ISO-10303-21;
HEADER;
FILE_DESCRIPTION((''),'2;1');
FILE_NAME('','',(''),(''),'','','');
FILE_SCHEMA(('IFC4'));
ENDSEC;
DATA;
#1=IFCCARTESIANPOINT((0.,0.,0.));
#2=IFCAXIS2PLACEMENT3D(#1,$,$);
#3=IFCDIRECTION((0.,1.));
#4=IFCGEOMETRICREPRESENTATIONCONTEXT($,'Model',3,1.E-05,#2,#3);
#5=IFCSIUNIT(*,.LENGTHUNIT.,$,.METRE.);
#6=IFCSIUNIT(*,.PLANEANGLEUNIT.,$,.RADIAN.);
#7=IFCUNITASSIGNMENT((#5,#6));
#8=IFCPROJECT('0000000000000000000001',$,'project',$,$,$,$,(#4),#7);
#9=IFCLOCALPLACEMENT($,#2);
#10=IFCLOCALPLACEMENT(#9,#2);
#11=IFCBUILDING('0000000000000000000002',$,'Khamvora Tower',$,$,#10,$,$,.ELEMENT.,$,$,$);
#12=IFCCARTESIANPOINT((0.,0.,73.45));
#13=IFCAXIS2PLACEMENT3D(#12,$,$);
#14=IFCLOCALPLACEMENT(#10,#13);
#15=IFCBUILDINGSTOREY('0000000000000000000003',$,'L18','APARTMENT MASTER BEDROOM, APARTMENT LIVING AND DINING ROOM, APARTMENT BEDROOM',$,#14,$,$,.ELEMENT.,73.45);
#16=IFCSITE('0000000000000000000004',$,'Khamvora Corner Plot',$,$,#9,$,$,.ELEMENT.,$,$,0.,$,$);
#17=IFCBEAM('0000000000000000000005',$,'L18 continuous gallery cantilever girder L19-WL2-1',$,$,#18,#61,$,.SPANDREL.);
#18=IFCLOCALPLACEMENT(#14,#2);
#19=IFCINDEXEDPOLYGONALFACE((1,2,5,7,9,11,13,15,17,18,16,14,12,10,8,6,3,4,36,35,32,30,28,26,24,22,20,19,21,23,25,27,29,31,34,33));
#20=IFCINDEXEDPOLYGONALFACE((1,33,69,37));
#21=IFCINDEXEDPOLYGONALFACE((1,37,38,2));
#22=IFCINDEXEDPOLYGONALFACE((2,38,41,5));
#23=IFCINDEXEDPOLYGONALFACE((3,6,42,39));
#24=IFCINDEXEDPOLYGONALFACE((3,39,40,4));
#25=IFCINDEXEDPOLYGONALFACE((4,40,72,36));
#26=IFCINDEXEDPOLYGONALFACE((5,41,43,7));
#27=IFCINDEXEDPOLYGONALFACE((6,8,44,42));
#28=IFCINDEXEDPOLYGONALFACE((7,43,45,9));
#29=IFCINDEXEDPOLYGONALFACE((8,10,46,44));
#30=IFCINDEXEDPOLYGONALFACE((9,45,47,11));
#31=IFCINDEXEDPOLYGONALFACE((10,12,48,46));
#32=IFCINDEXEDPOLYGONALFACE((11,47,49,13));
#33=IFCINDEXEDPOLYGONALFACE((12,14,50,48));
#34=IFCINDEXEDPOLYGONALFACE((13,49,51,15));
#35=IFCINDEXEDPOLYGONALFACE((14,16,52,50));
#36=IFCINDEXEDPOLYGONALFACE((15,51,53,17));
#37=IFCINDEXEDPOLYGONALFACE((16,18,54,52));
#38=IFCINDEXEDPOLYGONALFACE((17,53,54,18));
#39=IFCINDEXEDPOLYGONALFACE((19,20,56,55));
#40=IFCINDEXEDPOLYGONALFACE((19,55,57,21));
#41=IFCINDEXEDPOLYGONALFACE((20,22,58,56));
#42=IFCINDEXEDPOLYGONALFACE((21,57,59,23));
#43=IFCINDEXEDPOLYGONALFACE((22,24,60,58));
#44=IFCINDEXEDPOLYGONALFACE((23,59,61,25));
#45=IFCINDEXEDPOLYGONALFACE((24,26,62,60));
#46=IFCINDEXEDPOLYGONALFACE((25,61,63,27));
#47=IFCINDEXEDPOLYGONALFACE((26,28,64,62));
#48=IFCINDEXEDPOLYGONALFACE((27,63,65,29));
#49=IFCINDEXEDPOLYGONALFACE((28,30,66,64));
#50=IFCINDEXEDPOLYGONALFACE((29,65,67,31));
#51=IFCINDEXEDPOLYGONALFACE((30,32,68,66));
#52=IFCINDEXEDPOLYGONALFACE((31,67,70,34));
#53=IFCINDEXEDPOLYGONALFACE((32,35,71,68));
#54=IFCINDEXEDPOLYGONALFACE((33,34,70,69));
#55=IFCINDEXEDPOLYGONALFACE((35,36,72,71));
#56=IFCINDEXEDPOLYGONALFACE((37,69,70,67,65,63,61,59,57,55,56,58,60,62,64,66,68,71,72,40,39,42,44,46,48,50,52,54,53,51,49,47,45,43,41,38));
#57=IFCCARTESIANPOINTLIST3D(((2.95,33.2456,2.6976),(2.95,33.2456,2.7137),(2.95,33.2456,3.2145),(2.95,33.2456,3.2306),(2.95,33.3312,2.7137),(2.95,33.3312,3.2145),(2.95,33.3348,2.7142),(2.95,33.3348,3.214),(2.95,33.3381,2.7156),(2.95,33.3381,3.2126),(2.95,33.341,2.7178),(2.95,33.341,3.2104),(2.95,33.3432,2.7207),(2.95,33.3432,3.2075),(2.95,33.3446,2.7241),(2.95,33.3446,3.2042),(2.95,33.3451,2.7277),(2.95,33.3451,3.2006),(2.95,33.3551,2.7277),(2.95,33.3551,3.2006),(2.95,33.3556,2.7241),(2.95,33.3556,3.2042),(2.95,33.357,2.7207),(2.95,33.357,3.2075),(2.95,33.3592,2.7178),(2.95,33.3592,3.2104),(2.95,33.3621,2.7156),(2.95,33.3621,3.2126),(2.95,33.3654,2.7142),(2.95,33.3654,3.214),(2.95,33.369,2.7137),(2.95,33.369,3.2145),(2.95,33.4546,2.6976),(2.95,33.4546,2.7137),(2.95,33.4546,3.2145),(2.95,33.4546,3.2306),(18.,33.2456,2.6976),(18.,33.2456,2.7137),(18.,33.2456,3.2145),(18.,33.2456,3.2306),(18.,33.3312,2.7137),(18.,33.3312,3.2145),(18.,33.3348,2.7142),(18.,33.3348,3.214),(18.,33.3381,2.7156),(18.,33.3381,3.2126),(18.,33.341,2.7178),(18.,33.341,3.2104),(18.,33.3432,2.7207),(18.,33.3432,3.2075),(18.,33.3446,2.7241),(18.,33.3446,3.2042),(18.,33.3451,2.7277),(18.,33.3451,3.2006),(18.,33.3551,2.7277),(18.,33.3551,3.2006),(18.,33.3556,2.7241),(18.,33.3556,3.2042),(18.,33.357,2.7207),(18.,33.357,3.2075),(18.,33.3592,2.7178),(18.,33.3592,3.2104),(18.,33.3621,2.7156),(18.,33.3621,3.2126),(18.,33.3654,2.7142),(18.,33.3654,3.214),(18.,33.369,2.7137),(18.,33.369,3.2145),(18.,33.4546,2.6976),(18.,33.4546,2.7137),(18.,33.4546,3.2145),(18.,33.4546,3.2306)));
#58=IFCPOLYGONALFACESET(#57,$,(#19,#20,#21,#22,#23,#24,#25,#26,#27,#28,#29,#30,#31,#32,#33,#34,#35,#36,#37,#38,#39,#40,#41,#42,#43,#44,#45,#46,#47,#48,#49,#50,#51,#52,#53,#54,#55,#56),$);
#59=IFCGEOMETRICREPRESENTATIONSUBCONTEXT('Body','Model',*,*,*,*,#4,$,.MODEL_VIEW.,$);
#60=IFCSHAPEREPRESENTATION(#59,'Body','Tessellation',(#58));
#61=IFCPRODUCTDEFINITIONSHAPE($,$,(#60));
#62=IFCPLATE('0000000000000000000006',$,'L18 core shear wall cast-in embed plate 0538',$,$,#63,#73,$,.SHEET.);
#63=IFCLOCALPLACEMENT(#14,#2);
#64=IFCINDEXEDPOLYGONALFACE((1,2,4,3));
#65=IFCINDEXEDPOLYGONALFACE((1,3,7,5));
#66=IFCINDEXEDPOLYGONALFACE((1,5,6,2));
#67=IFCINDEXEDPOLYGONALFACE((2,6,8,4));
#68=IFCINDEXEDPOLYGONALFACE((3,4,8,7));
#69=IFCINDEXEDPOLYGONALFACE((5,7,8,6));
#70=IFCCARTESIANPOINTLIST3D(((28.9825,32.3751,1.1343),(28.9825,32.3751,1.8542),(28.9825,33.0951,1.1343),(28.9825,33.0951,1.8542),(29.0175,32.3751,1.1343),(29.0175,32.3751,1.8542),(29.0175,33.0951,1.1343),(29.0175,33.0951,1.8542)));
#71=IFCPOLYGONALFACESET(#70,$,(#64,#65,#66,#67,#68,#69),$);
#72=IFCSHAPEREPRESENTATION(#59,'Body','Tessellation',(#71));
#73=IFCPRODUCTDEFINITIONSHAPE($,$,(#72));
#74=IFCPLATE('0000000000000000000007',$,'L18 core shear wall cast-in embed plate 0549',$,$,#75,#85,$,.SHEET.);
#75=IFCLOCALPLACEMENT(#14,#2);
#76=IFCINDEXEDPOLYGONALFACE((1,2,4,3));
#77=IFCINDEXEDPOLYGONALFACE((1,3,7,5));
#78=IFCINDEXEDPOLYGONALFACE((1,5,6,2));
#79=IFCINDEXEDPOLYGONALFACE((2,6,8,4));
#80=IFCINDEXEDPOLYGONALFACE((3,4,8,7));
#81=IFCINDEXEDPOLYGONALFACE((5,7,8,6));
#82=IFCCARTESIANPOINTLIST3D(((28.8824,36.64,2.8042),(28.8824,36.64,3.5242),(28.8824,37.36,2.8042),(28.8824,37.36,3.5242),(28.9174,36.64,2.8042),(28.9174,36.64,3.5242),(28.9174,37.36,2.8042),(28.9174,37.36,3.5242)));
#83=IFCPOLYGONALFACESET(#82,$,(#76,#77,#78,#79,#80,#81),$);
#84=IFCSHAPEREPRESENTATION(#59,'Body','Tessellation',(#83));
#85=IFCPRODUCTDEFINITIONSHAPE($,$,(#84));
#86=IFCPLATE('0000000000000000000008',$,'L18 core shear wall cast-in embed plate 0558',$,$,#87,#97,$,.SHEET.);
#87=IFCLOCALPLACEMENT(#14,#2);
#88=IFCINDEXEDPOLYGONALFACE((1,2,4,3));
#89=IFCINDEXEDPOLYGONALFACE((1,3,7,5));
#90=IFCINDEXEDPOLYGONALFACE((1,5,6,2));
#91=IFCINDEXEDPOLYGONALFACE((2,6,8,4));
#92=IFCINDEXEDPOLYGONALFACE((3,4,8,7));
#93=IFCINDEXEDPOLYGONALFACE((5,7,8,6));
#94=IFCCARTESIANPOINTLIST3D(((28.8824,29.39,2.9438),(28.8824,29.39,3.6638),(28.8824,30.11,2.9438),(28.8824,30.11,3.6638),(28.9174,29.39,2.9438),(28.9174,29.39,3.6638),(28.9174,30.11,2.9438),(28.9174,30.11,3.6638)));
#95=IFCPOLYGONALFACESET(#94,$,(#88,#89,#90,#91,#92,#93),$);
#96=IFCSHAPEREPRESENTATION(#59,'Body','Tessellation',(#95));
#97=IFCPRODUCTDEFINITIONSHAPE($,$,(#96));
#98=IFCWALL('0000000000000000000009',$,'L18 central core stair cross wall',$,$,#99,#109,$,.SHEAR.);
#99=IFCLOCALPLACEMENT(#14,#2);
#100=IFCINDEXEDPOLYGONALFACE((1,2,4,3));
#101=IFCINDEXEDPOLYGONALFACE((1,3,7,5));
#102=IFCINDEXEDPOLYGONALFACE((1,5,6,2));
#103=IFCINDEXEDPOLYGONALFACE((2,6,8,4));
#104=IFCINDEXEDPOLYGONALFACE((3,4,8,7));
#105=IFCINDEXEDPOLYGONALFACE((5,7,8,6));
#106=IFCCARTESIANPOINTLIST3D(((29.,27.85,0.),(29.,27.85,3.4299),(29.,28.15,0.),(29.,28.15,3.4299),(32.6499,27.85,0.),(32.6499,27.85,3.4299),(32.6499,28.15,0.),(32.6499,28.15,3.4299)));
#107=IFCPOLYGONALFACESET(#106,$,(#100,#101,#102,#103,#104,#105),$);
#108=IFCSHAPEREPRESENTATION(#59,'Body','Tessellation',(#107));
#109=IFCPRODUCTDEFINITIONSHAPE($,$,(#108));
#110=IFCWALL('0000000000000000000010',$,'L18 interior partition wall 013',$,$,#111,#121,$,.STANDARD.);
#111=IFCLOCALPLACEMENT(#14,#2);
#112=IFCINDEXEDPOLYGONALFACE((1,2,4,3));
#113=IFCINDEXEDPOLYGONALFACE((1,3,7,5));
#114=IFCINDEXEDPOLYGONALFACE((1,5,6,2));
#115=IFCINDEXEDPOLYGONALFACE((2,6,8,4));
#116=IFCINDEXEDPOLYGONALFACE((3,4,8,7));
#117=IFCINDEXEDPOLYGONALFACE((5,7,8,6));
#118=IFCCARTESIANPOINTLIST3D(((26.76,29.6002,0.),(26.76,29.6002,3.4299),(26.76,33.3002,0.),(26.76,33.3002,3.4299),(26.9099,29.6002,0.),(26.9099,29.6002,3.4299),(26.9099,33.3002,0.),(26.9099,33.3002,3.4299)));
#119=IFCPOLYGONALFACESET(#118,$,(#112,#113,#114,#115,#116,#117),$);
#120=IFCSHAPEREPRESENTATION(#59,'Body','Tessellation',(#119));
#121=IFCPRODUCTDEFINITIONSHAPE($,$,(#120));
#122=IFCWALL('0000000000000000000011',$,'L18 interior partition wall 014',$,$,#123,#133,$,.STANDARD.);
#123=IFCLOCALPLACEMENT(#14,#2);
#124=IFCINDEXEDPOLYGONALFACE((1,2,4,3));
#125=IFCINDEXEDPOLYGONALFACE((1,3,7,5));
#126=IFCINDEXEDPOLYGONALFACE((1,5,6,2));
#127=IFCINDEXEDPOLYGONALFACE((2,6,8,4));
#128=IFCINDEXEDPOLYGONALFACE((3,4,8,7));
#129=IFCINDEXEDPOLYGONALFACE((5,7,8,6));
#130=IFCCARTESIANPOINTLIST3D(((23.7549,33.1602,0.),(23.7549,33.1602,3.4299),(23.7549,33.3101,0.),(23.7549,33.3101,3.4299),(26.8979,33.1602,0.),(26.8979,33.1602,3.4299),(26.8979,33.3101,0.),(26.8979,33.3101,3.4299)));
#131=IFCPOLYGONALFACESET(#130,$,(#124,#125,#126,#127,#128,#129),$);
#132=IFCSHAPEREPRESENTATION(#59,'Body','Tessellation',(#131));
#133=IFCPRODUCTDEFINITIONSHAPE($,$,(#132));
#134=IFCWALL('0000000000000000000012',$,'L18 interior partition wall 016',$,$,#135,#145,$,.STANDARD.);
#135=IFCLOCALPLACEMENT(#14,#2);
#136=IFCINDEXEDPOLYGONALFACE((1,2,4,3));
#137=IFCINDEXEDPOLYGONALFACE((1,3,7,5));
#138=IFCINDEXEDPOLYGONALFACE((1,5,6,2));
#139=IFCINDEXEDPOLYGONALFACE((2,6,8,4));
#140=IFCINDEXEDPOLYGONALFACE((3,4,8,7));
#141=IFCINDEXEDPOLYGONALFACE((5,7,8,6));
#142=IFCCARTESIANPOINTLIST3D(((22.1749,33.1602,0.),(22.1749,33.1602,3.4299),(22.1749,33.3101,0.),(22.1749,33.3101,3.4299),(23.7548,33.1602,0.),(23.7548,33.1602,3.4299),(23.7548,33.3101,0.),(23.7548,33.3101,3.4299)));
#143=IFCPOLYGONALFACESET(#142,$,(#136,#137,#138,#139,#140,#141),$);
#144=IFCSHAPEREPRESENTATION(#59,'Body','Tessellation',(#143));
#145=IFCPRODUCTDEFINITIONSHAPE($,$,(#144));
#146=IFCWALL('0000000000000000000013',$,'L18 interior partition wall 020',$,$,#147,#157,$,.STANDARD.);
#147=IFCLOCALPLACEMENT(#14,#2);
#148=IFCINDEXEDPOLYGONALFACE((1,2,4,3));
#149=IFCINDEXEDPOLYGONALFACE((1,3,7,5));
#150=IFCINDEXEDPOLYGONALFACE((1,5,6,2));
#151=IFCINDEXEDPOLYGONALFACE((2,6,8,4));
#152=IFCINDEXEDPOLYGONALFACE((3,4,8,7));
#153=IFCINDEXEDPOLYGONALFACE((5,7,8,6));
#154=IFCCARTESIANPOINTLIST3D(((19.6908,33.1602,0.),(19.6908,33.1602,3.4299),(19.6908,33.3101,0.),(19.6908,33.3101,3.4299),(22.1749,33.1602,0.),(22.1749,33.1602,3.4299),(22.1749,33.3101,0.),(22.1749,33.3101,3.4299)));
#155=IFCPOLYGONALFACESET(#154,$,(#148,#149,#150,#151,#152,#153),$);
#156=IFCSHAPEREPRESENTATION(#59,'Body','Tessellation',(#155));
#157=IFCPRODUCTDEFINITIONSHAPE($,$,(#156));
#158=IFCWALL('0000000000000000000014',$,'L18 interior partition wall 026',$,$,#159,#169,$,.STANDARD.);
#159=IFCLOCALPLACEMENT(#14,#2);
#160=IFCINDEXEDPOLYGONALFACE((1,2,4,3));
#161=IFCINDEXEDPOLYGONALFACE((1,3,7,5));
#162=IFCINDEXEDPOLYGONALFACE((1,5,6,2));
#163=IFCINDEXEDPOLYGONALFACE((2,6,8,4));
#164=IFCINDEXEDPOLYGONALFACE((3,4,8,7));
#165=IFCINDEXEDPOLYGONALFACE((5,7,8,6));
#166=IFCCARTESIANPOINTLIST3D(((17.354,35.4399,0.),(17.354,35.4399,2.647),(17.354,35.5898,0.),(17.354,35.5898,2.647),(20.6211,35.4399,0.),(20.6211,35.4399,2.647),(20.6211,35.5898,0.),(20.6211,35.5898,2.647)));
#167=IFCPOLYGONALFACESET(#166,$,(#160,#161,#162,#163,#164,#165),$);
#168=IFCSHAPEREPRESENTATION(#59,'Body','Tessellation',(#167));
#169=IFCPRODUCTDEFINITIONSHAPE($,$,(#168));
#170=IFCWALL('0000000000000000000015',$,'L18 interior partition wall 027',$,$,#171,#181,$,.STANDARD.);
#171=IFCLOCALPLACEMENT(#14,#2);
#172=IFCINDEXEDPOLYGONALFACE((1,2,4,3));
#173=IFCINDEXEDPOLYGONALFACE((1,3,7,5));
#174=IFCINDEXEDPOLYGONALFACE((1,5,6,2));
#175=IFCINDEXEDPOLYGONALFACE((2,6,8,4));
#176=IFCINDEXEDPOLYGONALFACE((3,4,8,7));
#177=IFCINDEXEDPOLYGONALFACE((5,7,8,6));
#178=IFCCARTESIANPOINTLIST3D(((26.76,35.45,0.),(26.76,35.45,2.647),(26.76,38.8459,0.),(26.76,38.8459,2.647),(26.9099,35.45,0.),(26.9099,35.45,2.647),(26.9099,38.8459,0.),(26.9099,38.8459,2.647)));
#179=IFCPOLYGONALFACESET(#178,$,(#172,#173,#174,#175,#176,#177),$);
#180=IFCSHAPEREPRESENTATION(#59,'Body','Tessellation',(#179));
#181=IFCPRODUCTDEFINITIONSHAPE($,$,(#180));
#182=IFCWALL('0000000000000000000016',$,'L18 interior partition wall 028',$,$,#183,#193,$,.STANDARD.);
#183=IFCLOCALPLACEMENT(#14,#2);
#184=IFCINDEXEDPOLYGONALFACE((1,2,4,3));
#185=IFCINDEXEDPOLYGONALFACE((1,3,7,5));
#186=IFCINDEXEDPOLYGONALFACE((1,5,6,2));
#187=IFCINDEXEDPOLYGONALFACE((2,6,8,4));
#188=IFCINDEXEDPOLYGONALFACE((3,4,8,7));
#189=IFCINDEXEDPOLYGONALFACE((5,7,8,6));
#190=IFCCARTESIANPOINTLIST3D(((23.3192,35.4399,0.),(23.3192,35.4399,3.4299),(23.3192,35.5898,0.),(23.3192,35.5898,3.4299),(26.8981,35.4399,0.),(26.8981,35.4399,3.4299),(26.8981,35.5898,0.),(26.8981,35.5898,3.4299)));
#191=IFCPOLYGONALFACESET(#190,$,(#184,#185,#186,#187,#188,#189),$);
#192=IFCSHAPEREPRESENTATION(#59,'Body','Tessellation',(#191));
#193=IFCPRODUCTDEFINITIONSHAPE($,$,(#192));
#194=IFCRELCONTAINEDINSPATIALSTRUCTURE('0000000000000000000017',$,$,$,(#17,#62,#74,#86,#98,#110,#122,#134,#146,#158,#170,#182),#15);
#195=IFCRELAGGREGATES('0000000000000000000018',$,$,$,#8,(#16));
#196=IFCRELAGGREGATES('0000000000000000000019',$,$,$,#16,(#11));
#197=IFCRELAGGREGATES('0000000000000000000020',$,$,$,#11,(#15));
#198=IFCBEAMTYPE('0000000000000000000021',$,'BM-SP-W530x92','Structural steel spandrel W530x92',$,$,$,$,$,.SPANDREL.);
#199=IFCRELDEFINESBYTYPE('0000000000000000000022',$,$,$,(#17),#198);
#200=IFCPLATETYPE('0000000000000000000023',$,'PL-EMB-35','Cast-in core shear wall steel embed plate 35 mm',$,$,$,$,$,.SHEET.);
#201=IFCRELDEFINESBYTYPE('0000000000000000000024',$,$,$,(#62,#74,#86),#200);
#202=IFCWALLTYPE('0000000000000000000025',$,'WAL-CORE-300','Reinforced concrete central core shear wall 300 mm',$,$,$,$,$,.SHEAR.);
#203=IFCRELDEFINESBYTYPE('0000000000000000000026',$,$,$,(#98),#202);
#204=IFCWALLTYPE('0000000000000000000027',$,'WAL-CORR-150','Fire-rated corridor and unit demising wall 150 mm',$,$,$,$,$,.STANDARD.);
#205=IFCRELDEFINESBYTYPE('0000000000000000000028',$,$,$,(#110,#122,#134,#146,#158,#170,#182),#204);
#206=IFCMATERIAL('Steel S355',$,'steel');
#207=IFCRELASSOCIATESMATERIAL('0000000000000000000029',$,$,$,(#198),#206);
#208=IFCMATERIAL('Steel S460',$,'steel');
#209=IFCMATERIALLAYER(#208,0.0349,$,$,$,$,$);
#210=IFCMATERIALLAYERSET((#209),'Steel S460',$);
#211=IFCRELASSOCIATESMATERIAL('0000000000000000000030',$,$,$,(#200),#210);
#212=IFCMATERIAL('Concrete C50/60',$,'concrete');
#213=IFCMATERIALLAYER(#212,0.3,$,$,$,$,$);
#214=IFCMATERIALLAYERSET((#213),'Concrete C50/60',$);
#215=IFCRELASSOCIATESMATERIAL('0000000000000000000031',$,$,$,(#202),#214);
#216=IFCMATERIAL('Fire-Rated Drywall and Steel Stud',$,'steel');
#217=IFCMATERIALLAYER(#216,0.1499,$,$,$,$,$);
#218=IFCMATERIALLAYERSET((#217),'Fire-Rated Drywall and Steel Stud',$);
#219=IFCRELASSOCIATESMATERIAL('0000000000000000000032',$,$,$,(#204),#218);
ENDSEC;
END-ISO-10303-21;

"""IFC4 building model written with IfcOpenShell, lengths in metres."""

from ifc_helpers import new_model, si_unit, direction, frame, frame_2d, origin, origin_2d, place, context, subcontext, project, spatial, rectangle, i_section, extrude, material, layer, layer_set, material_profile, profile_set, type_object, element, save


model = new_model("IFC4")

# Units and contexts
model_context = context("Model", 3, precision=1e-05, world=origin(), true_north=direction((0.0, 1.0)))
body_context = subcontext(model_context, "Body", "Model", "MODEL_VIEW")
ifc_project = project(units=[si_unit("LENGTHUNIT", "METRE"), si_unit("PLANEANGLEUNIT", "RADIAN")], contexts=[model_context])

# Site, building, storey
site_placement = place(None, origin())
site = spatial("IfcSite", under=ifc_project, at=site_placement, Name="Khamvora Corner Plot", CompositionType="ELEMENT", RefElevation=0.0)
building_placement = place(site_placement, origin())
building = spatial("IfcBuilding", under=site, at=building_placement, Name="Khamvora Tower", CompositionType="ELEMENT")
storey_placement = place(building_placement, frame((0.0, 0.0, 73.45)))
storey = spatial("IfcBuildingStorey", under=building, at=storey_placement, Name="L18", Description="APARTMENT MASTER BEDROOM, APARTMENT LIVING AND DINING ROOM, APARTMENT BEDROOM", CompositionType="ELEMENT", Elevation=73.45)

# Shared definitions
ifc_material_1 = material(Name="Steel S460", Category="steel")

# Beam
ifc_material_2 = material(Name="Steel S355", Category="steel")
ifc_material_profile_1 = material_profile(ifc_material_2, i_section(OverallWidth=0.209, OverallDepth=0.533, WebThickness=0.01, FlangeThickness=0.0161, FilletRadius=0.0139, at=origin_2d()), Name="W530x92")
ifc_profile_set_1 = profile_set([ifc_material_profile_1], Name="Steel S355")
beam_type_1 = type_object("IfcBeamType", Name="BM-SP-W530x92", Description="Structural steel spandrel W530x92", PredefinedType="SPANDREL", material=ifc_profile_set_1)
beam_1_placement = place(storey_placement, frame((18.0, 33.3501, 2.9641), z_axis=(-1.0, 0.0, 0.0), x_axis=(0.0, -1.0, 0.0)))
element("IfcBeam", 1, at=beam_1_placement, inside=storey, type_object=beam_type_1, Name="L18 continuous gallery cantilever girder L19-WL2-1", PredefinedType="SPANDREL", context=body_context, shape_type="SweptSolid", body=[
    extrude(i_section(OverallWidth=0.209, OverallDepth=0.533, WebThickness=0.01, FlangeThickness=0.0161, FilletRadius=0.0139, at=origin_2d()), origin(), (0.0, 0.0, 1.0), 15.05),
])

# Plates
ifc_layer_1 = layer(ifc_material_1, 0.0349)
ifc_layer_set_1 = layer_set([ifc_layer_1], Name="Steel S460")
plate_type = type_object("IfcPlateType", Name="PL-EMB-35", Description="Cast-in core shear wall steel embed plate 35 mm", PredefinedType="SHEET", material=ifc_layer_set_1)
for number, where, z_axis, x_axis, name in (
    (2, (29.0, 32.7351, 1.1343), (0.0, 0.0, 1.0), (1.0, 0.0, 0.0), "L18 core shear wall cast-in embed plate 0538"),
    (3, (28.8999, 37.0, 2.8042), (0.0, 0.0, 1.0), (1.0, 0.0, 0.0), "L18 core shear wall cast-in embed plate 0549"),
    (4, (28.8999, 29.75, 2.9438), (0.0, 0.0, 1.0), (1.0, 0.0, 0.0), "L18 core shear wall cast-in embed plate 0558"),
):
    element("IfcPlate", number, at=place(storey_placement, frame(where, z_axis=z_axis, x_axis=x_axis)), inside=storey, type_object=plate_type, Name=name, PredefinedType="SHEET", context=body_context, shape_type="SweptSolid", body=[
        extrude(rectangle(XDim=0.0349, YDim=0.72, at=origin_2d()), origin(), (0.0, 0.0, 1.0), 0.72),
    ])

# Walls
ifc_material_3 = material(Name="Concrete C50/60", Category="concrete")
ifc_layer_2 = layer(ifc_material_3, 0.3)
ifc_layer_set_2 = layer_set([ifc_layer_2], Name="Concrete C50/60")
wall_type_1 = type_object("IfcWallType", Name="WAL-CORE-300", Description="Reinforced concrete central core shear wall 300 mm", PredefinedType="SHEAR", material=ifc_layer_set_2)
wall_1_placement = place(storey_placement, frame((29.0, 28.0, 0.0), z_axis=(0.0, 0.0, 1.0), x_axis=(1.0, 0.0, 0.0)))
element("IfcWall", 5, at=wall_1_placement, inside=storey, type_object=wall_type_1, Name="L18 central core stair cross wall", PredefinedType="SHEAR", context=body_context, shape_type="SweptSolid", body=[
    extrude(rectangle(XDim=3.6499, YDim=0.3, at=frame_2d((1.825, 0.0))), origin(), (0.0, 0.0, 1.0), 3.4299),
])
ifc_material_4 = material(Name="Fire-Rated Drywall and Steel Stud", Category="steel")
ifc_layer_3 = layer(ifc_material_4, 0.1499)
ifc_layer_set_3 = layer_set([ifc_layer_3], Name="Fire-Rated Drywall and Steel Stud")
wall_type_2 = type_object("IfcWallType", Name="WAL-CORR-150", Description="Fire-rated corridor and unit demising wall 150 mm", PredefinedType="STANDARD", material=ifc_layer_set_3)
wall_2_placement = place(storey_placement, frame((26.835, 29.6001, 0.0), z_axis=(0.0, 0.0, 1.0), x_axis=(0.0, 1.0, 0.0)))
element("IfcWall", 6, at=wall_2_placement, inside=storey, type_object=wall_type_2, Name="L18 interior partition wall 013", PredefinedType="STANDARD", context=body_context, shape_type="SweptSolid", body=[
    extrude(rectangle(XDim=3.7, YDim=0.1499, at=frame_2d((1.8501, 0.0))), origin(), (0.0, 0.0, 1.0), 3.4299),
])
wall_3_placement = place(storey_placement, frame((26.8979, 33.2351, 0.0), z_axis=(0.0, 0.0, 1.0), x_axis=(-1.0, 0.0, 0.0)))
element("IfcWall", 7, at=wall_3_placement, inside=storey, type_object=wall_type_2, Name="L18 interior partition wall 014", PredefinedType="STANDARD", context=body_context, shape_type="SweptSolid", body=[
    extrude(rectangle(XDim=3.1431, YDim=0.1499, at=frame_2d((1.5715, 0.0))), origin(), (0.0, 0.0, 1.0), 3.4299),
])
wall_4_placement = place(storey_placement, frame((23.7549, 33.2351, 0.0), z_axis=(0.0, 0.0, 1.0), x_axis=(-1.0, 0.0, 0.0)))
element("IfcWall", 8, at=wall_4_placement, inside=storey, type_object=wall_type_2, Name="L18 interior partition wall 016", PredefinedType="STANDARD", context=body_context, shape_type="SweptSolid", body=[
    extrude(rectangle(XDim=1.5798, YDim=0.1499, at=frame_2d((0.79, 0.0))), origin(), (0.0, 0.0, 1.0), 3.4299),
])

# Wall
wall_5_placement = place(storey_placement, frame((22.175, 33.2351, 0.0), z_axis=(0.0, 0.0, 1.0), x_axis=(-1.0, 0.0, 0.0)))
element("IfcWall", 9, at=wall_5_placement, inside=storey, type_object=wall_type_2, Name="L18 interior partition wall 020", PredefinedType="STANDARD", context=body_context, shape_type="SweptSolid", body=[
    extrude(rectangle(XDim=2.4841, YDim=0.1499, at=frame_2d((1.2422, 0.0))), origin(), (0.0, 0.0, 1.0), 3.4299),
])

# Walls
wall_6_placement = place(storey_placement, frame((17.354, 35.5149, 0.0), z_axis=(0.0, 0.0, 1.0), x_axis=(1.0, 0.0, 0.0)))
element("IfcWall", 10, at=wall_6_placement, inside=storey, type_object=wall_type_2, Name="L18 interior partition wall 026", PredefinedType="STANDARD", context=body_context, shape_type="SweptSolid", body=[
    extrude(rectangle(XDim=3.2671, YDim=0.1499, at=frame_2d((1.6335, 0.0))), origin(), (0.0, 0.0, 1.0), 2.647),
])
wall_7_placement = place(storey_placement, frame((26.835, 35.45, 0.0), z_axis=(0.0, 0.0, 1.0), x_axis=(0.0, 1.0, 0.0)))
element("IfcWall", 11, at=wall_7_placement, inside=storey, type_object=wall_type_2, Name="L18 interior partition wall 027", PredefinedType="STANDARD", context=body_context, shape_type="SweptSolid", body=[
    extrude(rectangle(XDim=3.396, YDim=0.1499, at=frame_2d((1.698, 0.0))), origin(), (0.0, 0.0, 1.0), 2.647),
])
wall_8_placement = place(storey_placement, frame((23.3191, 35.5149, 0.0), z_axis=(0.0, 0.0, 1.0), x_axis=(1.0, 0.0, 0.0)))
element("IfcWall", 12, at=wall_8_placement, inside=storey, type_object=wall_type_2, Name="L18 interior partition wall 028", PredefinedType="STANDARD", context=body_context, shape_type="SweptSolid", body=[
    extrude(rectangle(XDim=3.5789, YDim=0.1499, at=frame_2d((1.7896, 0.0))), origin(), (0.0, 0.0, 1.0), 3.4299),
])

save(model, "model.ifc")
